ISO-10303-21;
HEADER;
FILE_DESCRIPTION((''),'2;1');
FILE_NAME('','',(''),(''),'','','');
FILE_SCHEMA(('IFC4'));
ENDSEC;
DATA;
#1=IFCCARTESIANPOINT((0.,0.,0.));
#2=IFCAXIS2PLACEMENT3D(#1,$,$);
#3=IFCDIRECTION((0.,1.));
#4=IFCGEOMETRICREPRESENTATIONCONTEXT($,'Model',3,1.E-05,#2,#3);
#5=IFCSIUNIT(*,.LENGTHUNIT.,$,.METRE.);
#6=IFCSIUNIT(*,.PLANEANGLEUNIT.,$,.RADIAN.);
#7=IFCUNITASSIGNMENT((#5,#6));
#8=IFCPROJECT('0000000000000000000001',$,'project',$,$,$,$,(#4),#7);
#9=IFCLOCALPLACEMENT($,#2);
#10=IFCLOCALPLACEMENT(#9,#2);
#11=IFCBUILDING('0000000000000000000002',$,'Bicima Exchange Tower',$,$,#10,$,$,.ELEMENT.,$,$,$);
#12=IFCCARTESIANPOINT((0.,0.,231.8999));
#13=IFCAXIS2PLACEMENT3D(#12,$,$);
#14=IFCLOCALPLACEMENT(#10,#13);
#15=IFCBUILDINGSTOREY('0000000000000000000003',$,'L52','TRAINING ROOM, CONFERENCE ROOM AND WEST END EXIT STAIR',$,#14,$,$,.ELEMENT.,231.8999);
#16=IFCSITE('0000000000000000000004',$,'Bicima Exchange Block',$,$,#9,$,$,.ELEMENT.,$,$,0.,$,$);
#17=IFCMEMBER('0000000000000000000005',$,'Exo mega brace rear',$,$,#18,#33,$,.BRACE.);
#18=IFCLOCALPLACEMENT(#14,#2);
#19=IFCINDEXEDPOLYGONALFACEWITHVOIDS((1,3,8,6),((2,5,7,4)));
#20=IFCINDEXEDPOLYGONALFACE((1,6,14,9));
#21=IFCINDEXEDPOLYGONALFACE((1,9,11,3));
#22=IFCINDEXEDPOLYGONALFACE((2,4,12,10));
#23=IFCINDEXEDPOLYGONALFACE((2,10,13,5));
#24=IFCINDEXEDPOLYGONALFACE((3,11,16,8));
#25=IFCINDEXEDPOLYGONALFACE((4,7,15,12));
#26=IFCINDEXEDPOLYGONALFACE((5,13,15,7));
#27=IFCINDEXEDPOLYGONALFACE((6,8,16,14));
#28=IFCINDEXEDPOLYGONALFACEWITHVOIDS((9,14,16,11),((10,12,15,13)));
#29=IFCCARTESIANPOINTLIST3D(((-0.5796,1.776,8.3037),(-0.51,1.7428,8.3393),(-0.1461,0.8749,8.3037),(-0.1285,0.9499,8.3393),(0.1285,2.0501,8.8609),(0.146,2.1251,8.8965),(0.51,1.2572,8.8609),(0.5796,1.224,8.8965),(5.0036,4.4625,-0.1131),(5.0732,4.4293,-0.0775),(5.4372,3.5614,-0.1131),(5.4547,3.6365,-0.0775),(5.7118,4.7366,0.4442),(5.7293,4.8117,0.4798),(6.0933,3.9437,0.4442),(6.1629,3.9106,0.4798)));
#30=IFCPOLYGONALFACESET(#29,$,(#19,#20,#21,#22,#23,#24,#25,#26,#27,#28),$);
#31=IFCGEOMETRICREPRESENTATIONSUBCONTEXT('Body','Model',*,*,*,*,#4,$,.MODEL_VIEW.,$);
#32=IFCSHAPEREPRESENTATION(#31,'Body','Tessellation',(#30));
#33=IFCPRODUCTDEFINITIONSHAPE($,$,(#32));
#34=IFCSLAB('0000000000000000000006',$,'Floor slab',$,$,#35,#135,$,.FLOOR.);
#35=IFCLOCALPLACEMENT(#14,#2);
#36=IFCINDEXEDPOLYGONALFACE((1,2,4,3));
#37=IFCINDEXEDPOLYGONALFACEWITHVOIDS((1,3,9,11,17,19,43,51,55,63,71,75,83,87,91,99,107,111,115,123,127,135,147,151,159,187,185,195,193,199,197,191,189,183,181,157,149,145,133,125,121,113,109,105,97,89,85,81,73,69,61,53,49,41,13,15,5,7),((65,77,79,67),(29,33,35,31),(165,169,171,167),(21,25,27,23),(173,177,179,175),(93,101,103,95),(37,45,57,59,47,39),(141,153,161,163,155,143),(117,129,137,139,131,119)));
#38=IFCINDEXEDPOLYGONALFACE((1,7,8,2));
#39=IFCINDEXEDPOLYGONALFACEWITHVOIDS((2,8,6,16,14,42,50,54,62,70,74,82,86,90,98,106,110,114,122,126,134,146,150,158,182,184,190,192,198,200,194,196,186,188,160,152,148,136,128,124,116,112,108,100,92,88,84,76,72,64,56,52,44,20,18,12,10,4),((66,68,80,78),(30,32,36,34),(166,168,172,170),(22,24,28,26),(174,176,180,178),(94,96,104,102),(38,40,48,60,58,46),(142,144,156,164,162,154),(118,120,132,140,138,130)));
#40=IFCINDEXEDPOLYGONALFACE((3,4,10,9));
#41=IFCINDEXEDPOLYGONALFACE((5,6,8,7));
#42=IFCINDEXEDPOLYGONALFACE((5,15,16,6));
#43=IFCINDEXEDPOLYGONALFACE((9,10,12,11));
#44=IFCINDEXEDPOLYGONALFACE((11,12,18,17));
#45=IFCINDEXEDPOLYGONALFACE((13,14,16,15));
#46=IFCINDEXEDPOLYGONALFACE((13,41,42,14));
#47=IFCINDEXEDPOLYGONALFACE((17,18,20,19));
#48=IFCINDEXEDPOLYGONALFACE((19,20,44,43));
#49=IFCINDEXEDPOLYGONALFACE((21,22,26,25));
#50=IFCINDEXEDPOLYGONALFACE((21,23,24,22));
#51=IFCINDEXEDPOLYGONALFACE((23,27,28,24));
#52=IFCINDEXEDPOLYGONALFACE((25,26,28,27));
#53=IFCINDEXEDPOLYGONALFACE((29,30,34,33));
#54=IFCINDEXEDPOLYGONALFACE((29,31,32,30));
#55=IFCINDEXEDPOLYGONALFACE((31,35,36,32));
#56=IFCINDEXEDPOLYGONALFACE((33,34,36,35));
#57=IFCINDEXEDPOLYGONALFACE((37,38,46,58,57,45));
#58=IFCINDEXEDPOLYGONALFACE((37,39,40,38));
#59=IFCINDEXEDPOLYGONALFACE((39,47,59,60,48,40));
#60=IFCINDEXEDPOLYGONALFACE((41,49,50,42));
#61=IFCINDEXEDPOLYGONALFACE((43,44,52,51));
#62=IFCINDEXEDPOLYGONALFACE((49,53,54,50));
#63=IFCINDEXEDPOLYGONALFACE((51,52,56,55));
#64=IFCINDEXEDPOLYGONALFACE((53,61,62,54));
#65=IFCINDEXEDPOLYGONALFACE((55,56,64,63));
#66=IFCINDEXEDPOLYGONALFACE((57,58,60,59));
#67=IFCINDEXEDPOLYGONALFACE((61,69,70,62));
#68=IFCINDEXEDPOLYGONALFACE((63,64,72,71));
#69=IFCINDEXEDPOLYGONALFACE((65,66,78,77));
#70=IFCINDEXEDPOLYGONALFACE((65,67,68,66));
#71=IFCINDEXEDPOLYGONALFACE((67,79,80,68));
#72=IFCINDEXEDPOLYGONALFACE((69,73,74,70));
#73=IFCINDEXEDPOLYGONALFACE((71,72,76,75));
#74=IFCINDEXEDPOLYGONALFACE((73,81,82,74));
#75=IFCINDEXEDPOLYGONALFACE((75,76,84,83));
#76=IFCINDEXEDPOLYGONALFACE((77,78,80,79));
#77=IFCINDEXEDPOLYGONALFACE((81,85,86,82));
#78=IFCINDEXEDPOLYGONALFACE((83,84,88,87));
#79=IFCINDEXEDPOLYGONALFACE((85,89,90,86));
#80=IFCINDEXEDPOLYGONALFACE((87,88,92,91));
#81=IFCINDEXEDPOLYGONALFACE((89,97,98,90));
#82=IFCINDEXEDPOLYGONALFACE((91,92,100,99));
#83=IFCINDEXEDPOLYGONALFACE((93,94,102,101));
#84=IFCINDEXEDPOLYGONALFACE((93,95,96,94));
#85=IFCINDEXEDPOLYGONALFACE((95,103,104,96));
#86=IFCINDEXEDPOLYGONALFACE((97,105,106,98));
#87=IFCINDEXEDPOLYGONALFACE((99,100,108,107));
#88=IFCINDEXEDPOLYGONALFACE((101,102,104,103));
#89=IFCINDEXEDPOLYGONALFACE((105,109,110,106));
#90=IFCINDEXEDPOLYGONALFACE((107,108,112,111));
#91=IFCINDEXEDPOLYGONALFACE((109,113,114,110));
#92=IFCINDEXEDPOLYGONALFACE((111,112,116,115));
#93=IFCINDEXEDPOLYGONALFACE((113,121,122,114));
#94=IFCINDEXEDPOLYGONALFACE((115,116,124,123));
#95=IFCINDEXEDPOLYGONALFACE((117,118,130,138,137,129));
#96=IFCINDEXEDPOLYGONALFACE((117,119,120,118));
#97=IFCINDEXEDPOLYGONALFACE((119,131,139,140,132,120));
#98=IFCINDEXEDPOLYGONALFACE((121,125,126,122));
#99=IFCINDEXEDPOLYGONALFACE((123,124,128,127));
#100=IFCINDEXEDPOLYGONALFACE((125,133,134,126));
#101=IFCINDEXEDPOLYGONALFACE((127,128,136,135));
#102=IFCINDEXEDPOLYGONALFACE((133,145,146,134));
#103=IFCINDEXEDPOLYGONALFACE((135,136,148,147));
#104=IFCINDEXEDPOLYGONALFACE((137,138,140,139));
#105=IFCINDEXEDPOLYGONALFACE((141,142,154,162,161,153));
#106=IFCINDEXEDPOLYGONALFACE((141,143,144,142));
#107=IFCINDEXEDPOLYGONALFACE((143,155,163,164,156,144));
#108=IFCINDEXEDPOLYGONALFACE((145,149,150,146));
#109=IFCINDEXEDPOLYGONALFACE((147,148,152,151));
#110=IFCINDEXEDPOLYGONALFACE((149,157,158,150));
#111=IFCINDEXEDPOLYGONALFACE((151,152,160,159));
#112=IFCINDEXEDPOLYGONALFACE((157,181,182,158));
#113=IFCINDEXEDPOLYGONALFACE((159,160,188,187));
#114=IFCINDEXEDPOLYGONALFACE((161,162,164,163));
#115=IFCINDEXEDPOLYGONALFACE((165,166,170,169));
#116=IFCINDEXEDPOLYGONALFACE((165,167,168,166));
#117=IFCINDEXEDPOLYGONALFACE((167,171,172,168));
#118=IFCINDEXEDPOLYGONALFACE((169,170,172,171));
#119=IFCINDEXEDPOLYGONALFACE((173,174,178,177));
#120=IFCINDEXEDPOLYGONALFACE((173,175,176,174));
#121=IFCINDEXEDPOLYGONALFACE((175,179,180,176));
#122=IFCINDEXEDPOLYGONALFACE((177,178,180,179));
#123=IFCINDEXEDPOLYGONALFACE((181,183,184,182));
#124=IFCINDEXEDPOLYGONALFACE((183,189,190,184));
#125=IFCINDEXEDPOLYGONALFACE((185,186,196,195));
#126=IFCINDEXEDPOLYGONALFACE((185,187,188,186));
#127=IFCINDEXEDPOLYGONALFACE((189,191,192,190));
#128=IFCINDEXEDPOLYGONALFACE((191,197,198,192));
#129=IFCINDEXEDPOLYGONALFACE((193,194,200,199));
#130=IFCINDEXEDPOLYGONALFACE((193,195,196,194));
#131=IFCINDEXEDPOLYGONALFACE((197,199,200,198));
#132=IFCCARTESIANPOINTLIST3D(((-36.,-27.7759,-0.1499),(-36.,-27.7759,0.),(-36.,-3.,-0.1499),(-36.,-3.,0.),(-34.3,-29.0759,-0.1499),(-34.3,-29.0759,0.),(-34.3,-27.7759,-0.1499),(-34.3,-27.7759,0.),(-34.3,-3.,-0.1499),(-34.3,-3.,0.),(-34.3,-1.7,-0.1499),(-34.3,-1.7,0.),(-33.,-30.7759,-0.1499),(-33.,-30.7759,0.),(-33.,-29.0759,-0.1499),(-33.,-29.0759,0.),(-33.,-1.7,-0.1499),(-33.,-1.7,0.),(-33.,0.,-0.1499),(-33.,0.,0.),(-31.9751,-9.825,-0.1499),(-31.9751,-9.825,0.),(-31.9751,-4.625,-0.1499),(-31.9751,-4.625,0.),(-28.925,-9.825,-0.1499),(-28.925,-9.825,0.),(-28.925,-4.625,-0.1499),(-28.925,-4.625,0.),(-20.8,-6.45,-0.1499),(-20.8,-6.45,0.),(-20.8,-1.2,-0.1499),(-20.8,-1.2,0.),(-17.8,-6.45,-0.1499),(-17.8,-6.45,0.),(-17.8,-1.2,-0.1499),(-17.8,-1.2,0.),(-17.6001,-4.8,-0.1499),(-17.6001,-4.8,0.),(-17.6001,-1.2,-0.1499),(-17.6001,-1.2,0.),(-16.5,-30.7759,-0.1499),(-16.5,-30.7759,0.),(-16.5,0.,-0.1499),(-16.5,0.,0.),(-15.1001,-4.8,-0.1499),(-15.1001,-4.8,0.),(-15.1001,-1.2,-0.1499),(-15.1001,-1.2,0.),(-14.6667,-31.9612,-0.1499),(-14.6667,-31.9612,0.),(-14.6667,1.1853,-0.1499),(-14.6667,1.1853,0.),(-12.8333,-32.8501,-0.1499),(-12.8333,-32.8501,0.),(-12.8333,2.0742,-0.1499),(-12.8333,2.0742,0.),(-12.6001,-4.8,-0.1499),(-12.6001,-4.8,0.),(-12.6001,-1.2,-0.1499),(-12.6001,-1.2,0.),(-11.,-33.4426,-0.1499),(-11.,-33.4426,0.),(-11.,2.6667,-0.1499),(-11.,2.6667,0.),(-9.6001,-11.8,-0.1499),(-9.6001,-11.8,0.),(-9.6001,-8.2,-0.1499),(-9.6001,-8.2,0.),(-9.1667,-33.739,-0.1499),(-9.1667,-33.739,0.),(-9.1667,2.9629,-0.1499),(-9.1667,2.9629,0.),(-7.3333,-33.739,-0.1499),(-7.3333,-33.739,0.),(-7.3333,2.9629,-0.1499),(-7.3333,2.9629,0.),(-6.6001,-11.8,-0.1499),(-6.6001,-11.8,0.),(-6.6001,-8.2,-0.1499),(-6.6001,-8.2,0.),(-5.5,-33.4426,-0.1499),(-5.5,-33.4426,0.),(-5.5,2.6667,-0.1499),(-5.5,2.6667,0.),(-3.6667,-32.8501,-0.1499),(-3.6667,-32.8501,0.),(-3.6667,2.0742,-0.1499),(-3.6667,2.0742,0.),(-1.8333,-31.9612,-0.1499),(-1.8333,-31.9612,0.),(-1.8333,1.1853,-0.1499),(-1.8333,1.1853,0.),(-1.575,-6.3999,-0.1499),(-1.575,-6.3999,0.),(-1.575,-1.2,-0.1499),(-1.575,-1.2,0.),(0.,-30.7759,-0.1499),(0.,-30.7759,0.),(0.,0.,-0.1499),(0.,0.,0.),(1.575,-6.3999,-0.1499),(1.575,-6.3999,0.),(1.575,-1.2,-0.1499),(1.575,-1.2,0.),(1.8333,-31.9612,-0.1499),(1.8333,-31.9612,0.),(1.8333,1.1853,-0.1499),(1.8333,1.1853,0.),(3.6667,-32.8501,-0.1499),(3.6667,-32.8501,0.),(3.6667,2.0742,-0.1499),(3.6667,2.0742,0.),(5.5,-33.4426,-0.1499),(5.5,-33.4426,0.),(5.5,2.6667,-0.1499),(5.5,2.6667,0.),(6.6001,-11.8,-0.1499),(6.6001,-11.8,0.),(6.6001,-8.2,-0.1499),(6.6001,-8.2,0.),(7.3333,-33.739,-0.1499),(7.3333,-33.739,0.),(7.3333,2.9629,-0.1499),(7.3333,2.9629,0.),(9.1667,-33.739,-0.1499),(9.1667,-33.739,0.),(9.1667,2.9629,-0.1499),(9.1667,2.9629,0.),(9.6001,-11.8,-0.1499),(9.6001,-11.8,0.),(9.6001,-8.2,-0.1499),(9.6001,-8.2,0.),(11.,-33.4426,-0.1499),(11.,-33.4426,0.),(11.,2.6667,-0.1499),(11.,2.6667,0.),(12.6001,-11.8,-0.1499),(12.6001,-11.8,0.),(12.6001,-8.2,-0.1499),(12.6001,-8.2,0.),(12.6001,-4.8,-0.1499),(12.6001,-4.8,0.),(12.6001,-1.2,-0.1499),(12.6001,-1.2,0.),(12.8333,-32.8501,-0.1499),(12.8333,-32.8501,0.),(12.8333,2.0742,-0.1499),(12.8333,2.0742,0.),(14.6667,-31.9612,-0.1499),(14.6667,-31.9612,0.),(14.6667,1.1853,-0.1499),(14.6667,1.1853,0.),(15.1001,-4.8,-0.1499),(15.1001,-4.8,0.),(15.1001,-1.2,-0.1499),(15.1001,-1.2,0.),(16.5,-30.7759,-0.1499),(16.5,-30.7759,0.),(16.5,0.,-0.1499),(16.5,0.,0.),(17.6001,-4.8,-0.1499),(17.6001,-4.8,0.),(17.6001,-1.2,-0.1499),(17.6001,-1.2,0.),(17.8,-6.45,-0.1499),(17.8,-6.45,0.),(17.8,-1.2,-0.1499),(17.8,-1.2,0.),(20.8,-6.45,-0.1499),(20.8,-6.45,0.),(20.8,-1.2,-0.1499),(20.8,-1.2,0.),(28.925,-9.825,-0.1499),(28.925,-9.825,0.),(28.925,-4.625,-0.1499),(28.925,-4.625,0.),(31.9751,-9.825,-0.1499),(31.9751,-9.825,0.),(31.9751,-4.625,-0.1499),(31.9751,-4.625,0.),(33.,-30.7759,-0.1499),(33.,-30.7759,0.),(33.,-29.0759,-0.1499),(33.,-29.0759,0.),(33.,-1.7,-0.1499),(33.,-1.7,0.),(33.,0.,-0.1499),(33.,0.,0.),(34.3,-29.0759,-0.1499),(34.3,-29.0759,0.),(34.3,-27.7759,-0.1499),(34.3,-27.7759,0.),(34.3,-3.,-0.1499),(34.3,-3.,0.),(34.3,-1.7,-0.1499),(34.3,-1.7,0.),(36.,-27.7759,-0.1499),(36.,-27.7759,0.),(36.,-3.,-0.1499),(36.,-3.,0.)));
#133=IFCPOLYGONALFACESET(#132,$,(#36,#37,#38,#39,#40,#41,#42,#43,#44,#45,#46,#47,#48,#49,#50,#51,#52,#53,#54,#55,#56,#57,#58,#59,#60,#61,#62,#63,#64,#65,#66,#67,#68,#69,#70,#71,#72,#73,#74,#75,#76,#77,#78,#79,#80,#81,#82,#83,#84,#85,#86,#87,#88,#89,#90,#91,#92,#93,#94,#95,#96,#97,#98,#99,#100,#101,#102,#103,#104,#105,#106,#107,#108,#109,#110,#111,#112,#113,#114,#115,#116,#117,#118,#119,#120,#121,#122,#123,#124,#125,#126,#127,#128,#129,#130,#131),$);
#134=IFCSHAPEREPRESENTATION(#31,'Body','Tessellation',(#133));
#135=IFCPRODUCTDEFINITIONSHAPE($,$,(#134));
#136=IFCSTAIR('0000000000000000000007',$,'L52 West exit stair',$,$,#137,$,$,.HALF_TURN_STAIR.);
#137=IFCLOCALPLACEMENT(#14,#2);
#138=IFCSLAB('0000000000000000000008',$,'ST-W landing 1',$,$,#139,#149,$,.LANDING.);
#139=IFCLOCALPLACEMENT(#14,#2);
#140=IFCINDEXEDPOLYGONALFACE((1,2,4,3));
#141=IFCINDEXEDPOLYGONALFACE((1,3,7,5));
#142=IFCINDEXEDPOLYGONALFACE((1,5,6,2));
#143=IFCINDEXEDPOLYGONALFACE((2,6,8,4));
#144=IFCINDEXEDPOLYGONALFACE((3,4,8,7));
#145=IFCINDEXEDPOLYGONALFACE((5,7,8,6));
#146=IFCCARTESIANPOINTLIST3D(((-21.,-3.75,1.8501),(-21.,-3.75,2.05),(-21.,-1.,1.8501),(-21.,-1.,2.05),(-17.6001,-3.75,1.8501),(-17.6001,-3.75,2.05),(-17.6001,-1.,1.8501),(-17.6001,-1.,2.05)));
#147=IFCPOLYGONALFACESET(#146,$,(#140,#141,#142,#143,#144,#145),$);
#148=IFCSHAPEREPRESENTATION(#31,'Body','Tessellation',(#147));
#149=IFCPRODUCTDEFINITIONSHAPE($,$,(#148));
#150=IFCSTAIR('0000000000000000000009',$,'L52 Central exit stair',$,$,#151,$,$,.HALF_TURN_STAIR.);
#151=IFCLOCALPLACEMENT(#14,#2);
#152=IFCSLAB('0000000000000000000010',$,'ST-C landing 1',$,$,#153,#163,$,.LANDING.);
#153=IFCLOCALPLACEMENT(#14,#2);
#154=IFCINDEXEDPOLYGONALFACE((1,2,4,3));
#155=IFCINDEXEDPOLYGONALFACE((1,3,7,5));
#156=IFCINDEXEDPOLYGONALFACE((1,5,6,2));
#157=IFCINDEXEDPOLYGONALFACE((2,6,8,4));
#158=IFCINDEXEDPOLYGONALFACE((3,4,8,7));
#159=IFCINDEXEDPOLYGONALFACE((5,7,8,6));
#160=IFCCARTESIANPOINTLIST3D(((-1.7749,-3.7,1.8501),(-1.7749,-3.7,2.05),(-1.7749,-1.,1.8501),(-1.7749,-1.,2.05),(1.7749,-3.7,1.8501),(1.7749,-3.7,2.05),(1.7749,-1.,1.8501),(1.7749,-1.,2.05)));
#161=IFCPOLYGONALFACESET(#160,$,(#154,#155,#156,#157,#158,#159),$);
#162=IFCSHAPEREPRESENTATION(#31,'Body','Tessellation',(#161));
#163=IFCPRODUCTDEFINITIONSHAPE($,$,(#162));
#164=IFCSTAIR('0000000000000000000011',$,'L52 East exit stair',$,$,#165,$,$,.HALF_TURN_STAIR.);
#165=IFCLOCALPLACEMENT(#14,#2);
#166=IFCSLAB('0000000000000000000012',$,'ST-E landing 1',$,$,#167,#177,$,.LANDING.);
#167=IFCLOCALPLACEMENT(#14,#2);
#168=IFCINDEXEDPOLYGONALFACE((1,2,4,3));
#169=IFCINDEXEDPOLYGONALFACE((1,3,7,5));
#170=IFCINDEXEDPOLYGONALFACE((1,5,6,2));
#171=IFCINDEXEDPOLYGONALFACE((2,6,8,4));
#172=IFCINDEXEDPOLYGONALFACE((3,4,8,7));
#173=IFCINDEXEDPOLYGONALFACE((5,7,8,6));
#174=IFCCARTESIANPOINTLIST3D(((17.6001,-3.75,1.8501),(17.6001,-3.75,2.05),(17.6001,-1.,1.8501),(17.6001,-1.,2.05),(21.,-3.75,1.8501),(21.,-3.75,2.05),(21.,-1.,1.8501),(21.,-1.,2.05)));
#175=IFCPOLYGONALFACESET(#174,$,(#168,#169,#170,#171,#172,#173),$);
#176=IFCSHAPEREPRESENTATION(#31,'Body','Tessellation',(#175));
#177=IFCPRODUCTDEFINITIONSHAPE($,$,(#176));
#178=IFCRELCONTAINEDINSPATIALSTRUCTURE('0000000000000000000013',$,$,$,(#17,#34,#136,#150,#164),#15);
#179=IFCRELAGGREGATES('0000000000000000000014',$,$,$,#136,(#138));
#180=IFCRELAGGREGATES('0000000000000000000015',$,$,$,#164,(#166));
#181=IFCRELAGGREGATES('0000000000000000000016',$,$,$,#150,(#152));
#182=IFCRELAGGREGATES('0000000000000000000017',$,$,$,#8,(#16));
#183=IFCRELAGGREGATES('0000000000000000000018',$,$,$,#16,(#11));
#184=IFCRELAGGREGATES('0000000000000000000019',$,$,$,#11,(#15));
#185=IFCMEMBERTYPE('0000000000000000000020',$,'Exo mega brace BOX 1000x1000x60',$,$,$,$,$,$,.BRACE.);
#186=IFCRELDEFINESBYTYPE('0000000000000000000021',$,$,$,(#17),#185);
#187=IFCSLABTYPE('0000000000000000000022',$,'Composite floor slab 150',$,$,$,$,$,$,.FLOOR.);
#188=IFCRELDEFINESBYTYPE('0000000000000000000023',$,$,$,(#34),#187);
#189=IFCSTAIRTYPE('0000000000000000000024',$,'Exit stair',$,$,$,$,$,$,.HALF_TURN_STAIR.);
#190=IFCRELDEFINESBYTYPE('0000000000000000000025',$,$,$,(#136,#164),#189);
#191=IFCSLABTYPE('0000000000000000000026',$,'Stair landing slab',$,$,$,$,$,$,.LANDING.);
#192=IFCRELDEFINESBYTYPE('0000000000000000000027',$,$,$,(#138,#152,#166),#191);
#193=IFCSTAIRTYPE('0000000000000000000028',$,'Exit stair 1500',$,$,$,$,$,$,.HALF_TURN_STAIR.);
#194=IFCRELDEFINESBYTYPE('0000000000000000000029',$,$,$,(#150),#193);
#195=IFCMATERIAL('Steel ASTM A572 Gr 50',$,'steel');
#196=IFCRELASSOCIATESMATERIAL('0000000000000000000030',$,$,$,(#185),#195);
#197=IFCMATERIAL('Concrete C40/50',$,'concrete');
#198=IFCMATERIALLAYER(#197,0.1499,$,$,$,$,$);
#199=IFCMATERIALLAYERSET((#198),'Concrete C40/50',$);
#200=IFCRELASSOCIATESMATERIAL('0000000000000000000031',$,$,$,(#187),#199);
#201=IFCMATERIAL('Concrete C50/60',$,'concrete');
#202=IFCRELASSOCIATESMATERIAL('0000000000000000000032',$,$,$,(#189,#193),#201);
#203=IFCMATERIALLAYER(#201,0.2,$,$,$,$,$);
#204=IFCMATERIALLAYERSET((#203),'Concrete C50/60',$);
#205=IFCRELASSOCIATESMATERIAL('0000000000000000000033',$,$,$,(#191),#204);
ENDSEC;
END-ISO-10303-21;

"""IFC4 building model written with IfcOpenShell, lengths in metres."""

from ifc_helpers import new_model, si_unit, direction, frame, origin, origin_2d, place, context, subcontext, project, spatial, polyline, hollow_rectangle, outline, extrude, material, layer, layer_set, material_profile, profile_set, type_object, element, aggregate, save


model = new_model("IFC4")

# Units and contexts
model_context = context("Model", 3, precision=1e-05, world=origin(), true_north=direction((0.0, 1.0)))
body_context = subcontext(model_context, "Body", "Model", "MODEL_VIEW")
ifc_project = project(units=[si_unit("LENGTHUNIT", "METRE"), si_unit("PLANEANGLEUNIT", "RADIAN")], contexts=[model_context])

# Site, building, storey
site_placement = place(None, origin())
site = spatial("IfcSite", under=ifc_project, at=site_placement, Name="Bicima Exchange Block", CompositionType="ELEMENT", RefElevation=0.0)
building_placement = place(site_placement, origin())
building = spatial("IfcBuilding", under=site, at=building_placement, Name="Bicima Exchange Tower", CompositionType="ELEMENT")
storey_placement = place(building_placement, frame((0.0, 0.0, 231.8999)))
storey = spatial("IfcBuildingStorey", under=building, at=storey_placement, Name="L52", Description="TRAINING ROOM, CONFERENCE ROOM AND WEST END EXIT STAIR", CompositionType="ELEMENT", Elevation=231.8999)

# Member
ifc_material_1 = material(Name="Steel ASTM A572 Gr 50", Category="steel")
ifc_material_profile = material_profile(ifc_material_1, hollow_rectangle(XDim=1.0, YDim=1.0, WallThickness=0.0601, at=origin_2d()))
ifc_profile_set = profile_set([ifc_material_profile], Name="Steel ASTM A572 Gr 50")
member_type = type_object("IfcMemberType", Name="Exo mega brace BOX 1000x1000x60", PredefinedType="BRACE", material=ifc_profile_set)
member_placement = place(storey_placement, frame((5.5833, 4.1865, 0.1833), z_axis=(-0.534211, -0.257049, 0.805323), x_axis=(0.433592, -0.901109, 0.0)))
element("IfcMember", 1, at=member_placement, inside=storey, type_object=member_type, Name="Exo mega brace rear", PredefinedType="BRACE", context=body_context, shape_type="SweptSolid", body=[
    extrude(hollow_rectangle(XDim=1.0, YDim=1.0, WallThickness=0.0601, at=origin_2d()), origin(), (0.0, 0.0, 1.0), 10.4514),
])

# Slab
ifc_material_2 = material(Name="Concrete C40/50", Category="concrete")
ifc_layer_1 = layer(ifc_material_2, 0.1499)
ifc_layer_set_1 = layer_set([ifc_layer_1], Name="Concrete C40/50")
slab_type_1 = type_object("IfcSlabType", Name="Composite floor slab 150", PredefinedType="FLOOR", material=ifc_layer_set_1)
slab_1_placement = place(storey_placement, frame((0.0, 0.0, -0.1499)))
element("IfcSlab", 2, at=slab_1_placement, inside=storey, type_object=slab_type_1, Name="Floor slab", PredefinedType="FLOOR", context=body_context, shape_type="SweptSolid", body=[
    extrude(outline(polyline([(-36.0, -27.7759), (-36.0, -3.0), (-34.3, -3.0), (-34.3, -1.7), (-33.0, -1.7), (-33.0, 0.0), (-16.5, 0.0), (-14.6667, 1.1853), (-12.8333, 2.0742), (-11.0, 2.6667), (-9.1667, 2.9629), (-7.3333, 2.9629), (-5.5, 2.6667), (-3.6667, 2.0742), (-1.8333, 1.1853), (0.0, 0.0), (1.8333, 1.1853), (3.6667, 2.0742), (5.5, 2.6667), (7.3333, 2.9629), (9.1667, 2.9629), (11.0, 2.6667), (12.8333, 2.0742), (14.6667, 1.1853), (16.5, 0.0), (33.0, 0.0), (33.0, -1.7), (34.3, -1.7), (34.3, -3.0), (36.0, -3.0), (36.0, -27.7759), (34.3, -27.7759), (34.3, -29.0759), (33.0, -29.0759), (33.0, -30.7759), (16.5, -30.7759), (14.6667, -31.9612), (12.8333, -32.8501), (11.0, -33.4426), (9.1667, -33.739), (7.3333, -33.739), (5.5, -33.4426), (3.6667, -32.8501), (1.8333, -31.9612), (0.0, -30.7759), (-1.8333, -31.9612), (-3.6667, -32.8501), (-5.5, -33.4426), (-7.3333, -33.739), (-9.1667, -33.739), (-11.0, -33.4426), (-12.8333, -32.8501), (-14.6667, -31.9612), (-16.5, -30.7759), (-33.0, -30.7759), (-33.0, -29.0759), (-34.3, -29.0759), (-34.3, -27.7759), (-36.0, -27.7759)]), holes=[polyline([(-6.6001, -11.8), (-6.6001, -8.2), (-9.6001, -8.2), (-9.6001, -11.8), (-6.6001, -11.8)]), polyline([(-31.9751, -9.825), (-28.925, -9.825), (-28.925, -4.625), (-31.9751, -4.625), (-31.9751, -9.825)]), polyline([(-20.8, -6.45), (-17.8, -6.45), (-17.8, -1.2), (-20.8, -1.2), (-20.8, -6.45)]), polyline([(1.575, -6.3999), (1.575, -1.2), (-1.575, -1.2), (-1.575, -6.3999), (1.575, -6.3999)]), polyline([(-12.6001, -4.8), (-12.6001, -1.2), (-15.1001, -1.2), (-17.6001, -1.2), (-17.6001, -4.8), (-15.1001, -4.8), (-12.6001, -4.8)]), polyline([(12.6001, -8.2), (9.6001, -8.2), (6.6001, -8.2), (6.6001, -11.8), (9.6001, -11.8), (12.6001, -11.8), (12.6001, -8.2)]), polyline([(28.925, -9.825), (31.9751, -9.825), (31.9751, -4.625), (28.925, -4.625), (28.925, -9.825)]), polyline([(20.8, -6.45), (20.8, -1.2), (17.8, -1.2), (17.8, -6.45), (20.8, -6.45)]), polyline([(17.6001, -4.8), (17.6001, -1.2), (15.1001, -1.2), (12.6001, -1.2), (12.6001, -4.8), (15.1001, -4.8), (17.6001, -4.8)])]), origin(), (0.0, 0.0, 1.0), 0.1499),
])

# Stairs, slabs
ifc_material_3 = material(Name="Concrete C50/60", Category="concrete")
stair_type_1 = type_object("IfcStairType", Name="Exit stair", PredefinedType="HALF_TURN_STAIR", material=ifc_material_3)
stair_1_placement = place(storey_placement, origin())
stair_1 = element("IfcStair", 3, at=stair_1_placement, inside=storey, type_object=stair_type_1, Name="L52 West exit stair", PredefinedType="HALF_TURN_STAIR")
ifc_layer_2 = layer(ifc_material_3, 0.2)
ifc_layer_set_2 = layer_set([ifc_layer_2], Name="Concrete C50/60")
slab_type_2 = type_object("IfcSlabType", Name="Stair landing slab", PredefinedType="LANDING", material=ifc_layer_set_2)
slab_2_placement = place(storey_placement, frame((0.0, 0.0, 1.8501)))
slab_2 = element("IfcSlab", 4, at=slab_2_placement, type_object=slab_type_2, Name="ST-W landing 1", PredefinedType="LANDING", context=body_context, shape_type="SweptSolid", body=[
    extrude(outline(polyline([(-17.6001, -3.75), (-17.6001, -1.0), (-21.0, -1.0), (-21.0, -3.75), (-17.6001, -3.75)])), origin(), (0.0, 0.0, 1.0), 0.2),
])
aggregate(stair_1, [slab_2])
stair_type_2 = type_object("IfcStairType", Name="Exit stair 1500", PredefinedType="HALF_TURN_STAIR", material=ifc_material_3)
stair_2_placement = place(storey_placement, origin())
stair_2 = element("IfcStair", 5, at=stair_2_placement, inside=storey, type_object=stair_type_2, Name="L52 Central exit stair", PredefinedType="HALF_TURN_STAIR")
slab_3_placement = place(storey_placement, frame((0.0, 0.0, 1.8501)))
slab_3 = element("IfcSlab", 6, at=slab_3_placement, type_object=slab_type_2, Name="ST-C landing 1", PredefinedType="LANDING", context=body_context, shape_type="SweptSolid", body=[
    extrude(outline(polyline([(1.7749, -3.7), (1.7749, -1.0), (-1.7749, -1.0), (-1.7749, -3.7), (1.7749, -3.7)])), origin(), (0.0, 0.0, 1.0), 0.2),
])
stair_3_placement = place(storey_placement, origin())
stair_3 = element("IfcStair", 7, at=stair_3_placement, inside=storey, type_object=stair_type_1, Name="L52 East exit stair", PredefinedType="HALF_TURN_STAIR")
slab_4_placement = place(storey_placement, frame((0.0, 0.0, 1.8501)))
slab_4 = element("IfcSlab", 8, at=slab_4_placement, type_object=slab_type_2, Name="ST-E landing 1", PredefinedType="LANDING", context=body_context, shape_type="SweptSolid", body=[
    extrude(outline(polyline([(21.0, -3.75), (21.0, -1.0), (17.6001, -1.0), (17.6001, -3.75), (21.0, -3.75)])), origin(), (0.0, 0.0, 1.0), 0.2),
])
aggregate(stair_3, [slab_4])

aggregate(stair_2, [slab_3])

save(model, "model.ifc")
